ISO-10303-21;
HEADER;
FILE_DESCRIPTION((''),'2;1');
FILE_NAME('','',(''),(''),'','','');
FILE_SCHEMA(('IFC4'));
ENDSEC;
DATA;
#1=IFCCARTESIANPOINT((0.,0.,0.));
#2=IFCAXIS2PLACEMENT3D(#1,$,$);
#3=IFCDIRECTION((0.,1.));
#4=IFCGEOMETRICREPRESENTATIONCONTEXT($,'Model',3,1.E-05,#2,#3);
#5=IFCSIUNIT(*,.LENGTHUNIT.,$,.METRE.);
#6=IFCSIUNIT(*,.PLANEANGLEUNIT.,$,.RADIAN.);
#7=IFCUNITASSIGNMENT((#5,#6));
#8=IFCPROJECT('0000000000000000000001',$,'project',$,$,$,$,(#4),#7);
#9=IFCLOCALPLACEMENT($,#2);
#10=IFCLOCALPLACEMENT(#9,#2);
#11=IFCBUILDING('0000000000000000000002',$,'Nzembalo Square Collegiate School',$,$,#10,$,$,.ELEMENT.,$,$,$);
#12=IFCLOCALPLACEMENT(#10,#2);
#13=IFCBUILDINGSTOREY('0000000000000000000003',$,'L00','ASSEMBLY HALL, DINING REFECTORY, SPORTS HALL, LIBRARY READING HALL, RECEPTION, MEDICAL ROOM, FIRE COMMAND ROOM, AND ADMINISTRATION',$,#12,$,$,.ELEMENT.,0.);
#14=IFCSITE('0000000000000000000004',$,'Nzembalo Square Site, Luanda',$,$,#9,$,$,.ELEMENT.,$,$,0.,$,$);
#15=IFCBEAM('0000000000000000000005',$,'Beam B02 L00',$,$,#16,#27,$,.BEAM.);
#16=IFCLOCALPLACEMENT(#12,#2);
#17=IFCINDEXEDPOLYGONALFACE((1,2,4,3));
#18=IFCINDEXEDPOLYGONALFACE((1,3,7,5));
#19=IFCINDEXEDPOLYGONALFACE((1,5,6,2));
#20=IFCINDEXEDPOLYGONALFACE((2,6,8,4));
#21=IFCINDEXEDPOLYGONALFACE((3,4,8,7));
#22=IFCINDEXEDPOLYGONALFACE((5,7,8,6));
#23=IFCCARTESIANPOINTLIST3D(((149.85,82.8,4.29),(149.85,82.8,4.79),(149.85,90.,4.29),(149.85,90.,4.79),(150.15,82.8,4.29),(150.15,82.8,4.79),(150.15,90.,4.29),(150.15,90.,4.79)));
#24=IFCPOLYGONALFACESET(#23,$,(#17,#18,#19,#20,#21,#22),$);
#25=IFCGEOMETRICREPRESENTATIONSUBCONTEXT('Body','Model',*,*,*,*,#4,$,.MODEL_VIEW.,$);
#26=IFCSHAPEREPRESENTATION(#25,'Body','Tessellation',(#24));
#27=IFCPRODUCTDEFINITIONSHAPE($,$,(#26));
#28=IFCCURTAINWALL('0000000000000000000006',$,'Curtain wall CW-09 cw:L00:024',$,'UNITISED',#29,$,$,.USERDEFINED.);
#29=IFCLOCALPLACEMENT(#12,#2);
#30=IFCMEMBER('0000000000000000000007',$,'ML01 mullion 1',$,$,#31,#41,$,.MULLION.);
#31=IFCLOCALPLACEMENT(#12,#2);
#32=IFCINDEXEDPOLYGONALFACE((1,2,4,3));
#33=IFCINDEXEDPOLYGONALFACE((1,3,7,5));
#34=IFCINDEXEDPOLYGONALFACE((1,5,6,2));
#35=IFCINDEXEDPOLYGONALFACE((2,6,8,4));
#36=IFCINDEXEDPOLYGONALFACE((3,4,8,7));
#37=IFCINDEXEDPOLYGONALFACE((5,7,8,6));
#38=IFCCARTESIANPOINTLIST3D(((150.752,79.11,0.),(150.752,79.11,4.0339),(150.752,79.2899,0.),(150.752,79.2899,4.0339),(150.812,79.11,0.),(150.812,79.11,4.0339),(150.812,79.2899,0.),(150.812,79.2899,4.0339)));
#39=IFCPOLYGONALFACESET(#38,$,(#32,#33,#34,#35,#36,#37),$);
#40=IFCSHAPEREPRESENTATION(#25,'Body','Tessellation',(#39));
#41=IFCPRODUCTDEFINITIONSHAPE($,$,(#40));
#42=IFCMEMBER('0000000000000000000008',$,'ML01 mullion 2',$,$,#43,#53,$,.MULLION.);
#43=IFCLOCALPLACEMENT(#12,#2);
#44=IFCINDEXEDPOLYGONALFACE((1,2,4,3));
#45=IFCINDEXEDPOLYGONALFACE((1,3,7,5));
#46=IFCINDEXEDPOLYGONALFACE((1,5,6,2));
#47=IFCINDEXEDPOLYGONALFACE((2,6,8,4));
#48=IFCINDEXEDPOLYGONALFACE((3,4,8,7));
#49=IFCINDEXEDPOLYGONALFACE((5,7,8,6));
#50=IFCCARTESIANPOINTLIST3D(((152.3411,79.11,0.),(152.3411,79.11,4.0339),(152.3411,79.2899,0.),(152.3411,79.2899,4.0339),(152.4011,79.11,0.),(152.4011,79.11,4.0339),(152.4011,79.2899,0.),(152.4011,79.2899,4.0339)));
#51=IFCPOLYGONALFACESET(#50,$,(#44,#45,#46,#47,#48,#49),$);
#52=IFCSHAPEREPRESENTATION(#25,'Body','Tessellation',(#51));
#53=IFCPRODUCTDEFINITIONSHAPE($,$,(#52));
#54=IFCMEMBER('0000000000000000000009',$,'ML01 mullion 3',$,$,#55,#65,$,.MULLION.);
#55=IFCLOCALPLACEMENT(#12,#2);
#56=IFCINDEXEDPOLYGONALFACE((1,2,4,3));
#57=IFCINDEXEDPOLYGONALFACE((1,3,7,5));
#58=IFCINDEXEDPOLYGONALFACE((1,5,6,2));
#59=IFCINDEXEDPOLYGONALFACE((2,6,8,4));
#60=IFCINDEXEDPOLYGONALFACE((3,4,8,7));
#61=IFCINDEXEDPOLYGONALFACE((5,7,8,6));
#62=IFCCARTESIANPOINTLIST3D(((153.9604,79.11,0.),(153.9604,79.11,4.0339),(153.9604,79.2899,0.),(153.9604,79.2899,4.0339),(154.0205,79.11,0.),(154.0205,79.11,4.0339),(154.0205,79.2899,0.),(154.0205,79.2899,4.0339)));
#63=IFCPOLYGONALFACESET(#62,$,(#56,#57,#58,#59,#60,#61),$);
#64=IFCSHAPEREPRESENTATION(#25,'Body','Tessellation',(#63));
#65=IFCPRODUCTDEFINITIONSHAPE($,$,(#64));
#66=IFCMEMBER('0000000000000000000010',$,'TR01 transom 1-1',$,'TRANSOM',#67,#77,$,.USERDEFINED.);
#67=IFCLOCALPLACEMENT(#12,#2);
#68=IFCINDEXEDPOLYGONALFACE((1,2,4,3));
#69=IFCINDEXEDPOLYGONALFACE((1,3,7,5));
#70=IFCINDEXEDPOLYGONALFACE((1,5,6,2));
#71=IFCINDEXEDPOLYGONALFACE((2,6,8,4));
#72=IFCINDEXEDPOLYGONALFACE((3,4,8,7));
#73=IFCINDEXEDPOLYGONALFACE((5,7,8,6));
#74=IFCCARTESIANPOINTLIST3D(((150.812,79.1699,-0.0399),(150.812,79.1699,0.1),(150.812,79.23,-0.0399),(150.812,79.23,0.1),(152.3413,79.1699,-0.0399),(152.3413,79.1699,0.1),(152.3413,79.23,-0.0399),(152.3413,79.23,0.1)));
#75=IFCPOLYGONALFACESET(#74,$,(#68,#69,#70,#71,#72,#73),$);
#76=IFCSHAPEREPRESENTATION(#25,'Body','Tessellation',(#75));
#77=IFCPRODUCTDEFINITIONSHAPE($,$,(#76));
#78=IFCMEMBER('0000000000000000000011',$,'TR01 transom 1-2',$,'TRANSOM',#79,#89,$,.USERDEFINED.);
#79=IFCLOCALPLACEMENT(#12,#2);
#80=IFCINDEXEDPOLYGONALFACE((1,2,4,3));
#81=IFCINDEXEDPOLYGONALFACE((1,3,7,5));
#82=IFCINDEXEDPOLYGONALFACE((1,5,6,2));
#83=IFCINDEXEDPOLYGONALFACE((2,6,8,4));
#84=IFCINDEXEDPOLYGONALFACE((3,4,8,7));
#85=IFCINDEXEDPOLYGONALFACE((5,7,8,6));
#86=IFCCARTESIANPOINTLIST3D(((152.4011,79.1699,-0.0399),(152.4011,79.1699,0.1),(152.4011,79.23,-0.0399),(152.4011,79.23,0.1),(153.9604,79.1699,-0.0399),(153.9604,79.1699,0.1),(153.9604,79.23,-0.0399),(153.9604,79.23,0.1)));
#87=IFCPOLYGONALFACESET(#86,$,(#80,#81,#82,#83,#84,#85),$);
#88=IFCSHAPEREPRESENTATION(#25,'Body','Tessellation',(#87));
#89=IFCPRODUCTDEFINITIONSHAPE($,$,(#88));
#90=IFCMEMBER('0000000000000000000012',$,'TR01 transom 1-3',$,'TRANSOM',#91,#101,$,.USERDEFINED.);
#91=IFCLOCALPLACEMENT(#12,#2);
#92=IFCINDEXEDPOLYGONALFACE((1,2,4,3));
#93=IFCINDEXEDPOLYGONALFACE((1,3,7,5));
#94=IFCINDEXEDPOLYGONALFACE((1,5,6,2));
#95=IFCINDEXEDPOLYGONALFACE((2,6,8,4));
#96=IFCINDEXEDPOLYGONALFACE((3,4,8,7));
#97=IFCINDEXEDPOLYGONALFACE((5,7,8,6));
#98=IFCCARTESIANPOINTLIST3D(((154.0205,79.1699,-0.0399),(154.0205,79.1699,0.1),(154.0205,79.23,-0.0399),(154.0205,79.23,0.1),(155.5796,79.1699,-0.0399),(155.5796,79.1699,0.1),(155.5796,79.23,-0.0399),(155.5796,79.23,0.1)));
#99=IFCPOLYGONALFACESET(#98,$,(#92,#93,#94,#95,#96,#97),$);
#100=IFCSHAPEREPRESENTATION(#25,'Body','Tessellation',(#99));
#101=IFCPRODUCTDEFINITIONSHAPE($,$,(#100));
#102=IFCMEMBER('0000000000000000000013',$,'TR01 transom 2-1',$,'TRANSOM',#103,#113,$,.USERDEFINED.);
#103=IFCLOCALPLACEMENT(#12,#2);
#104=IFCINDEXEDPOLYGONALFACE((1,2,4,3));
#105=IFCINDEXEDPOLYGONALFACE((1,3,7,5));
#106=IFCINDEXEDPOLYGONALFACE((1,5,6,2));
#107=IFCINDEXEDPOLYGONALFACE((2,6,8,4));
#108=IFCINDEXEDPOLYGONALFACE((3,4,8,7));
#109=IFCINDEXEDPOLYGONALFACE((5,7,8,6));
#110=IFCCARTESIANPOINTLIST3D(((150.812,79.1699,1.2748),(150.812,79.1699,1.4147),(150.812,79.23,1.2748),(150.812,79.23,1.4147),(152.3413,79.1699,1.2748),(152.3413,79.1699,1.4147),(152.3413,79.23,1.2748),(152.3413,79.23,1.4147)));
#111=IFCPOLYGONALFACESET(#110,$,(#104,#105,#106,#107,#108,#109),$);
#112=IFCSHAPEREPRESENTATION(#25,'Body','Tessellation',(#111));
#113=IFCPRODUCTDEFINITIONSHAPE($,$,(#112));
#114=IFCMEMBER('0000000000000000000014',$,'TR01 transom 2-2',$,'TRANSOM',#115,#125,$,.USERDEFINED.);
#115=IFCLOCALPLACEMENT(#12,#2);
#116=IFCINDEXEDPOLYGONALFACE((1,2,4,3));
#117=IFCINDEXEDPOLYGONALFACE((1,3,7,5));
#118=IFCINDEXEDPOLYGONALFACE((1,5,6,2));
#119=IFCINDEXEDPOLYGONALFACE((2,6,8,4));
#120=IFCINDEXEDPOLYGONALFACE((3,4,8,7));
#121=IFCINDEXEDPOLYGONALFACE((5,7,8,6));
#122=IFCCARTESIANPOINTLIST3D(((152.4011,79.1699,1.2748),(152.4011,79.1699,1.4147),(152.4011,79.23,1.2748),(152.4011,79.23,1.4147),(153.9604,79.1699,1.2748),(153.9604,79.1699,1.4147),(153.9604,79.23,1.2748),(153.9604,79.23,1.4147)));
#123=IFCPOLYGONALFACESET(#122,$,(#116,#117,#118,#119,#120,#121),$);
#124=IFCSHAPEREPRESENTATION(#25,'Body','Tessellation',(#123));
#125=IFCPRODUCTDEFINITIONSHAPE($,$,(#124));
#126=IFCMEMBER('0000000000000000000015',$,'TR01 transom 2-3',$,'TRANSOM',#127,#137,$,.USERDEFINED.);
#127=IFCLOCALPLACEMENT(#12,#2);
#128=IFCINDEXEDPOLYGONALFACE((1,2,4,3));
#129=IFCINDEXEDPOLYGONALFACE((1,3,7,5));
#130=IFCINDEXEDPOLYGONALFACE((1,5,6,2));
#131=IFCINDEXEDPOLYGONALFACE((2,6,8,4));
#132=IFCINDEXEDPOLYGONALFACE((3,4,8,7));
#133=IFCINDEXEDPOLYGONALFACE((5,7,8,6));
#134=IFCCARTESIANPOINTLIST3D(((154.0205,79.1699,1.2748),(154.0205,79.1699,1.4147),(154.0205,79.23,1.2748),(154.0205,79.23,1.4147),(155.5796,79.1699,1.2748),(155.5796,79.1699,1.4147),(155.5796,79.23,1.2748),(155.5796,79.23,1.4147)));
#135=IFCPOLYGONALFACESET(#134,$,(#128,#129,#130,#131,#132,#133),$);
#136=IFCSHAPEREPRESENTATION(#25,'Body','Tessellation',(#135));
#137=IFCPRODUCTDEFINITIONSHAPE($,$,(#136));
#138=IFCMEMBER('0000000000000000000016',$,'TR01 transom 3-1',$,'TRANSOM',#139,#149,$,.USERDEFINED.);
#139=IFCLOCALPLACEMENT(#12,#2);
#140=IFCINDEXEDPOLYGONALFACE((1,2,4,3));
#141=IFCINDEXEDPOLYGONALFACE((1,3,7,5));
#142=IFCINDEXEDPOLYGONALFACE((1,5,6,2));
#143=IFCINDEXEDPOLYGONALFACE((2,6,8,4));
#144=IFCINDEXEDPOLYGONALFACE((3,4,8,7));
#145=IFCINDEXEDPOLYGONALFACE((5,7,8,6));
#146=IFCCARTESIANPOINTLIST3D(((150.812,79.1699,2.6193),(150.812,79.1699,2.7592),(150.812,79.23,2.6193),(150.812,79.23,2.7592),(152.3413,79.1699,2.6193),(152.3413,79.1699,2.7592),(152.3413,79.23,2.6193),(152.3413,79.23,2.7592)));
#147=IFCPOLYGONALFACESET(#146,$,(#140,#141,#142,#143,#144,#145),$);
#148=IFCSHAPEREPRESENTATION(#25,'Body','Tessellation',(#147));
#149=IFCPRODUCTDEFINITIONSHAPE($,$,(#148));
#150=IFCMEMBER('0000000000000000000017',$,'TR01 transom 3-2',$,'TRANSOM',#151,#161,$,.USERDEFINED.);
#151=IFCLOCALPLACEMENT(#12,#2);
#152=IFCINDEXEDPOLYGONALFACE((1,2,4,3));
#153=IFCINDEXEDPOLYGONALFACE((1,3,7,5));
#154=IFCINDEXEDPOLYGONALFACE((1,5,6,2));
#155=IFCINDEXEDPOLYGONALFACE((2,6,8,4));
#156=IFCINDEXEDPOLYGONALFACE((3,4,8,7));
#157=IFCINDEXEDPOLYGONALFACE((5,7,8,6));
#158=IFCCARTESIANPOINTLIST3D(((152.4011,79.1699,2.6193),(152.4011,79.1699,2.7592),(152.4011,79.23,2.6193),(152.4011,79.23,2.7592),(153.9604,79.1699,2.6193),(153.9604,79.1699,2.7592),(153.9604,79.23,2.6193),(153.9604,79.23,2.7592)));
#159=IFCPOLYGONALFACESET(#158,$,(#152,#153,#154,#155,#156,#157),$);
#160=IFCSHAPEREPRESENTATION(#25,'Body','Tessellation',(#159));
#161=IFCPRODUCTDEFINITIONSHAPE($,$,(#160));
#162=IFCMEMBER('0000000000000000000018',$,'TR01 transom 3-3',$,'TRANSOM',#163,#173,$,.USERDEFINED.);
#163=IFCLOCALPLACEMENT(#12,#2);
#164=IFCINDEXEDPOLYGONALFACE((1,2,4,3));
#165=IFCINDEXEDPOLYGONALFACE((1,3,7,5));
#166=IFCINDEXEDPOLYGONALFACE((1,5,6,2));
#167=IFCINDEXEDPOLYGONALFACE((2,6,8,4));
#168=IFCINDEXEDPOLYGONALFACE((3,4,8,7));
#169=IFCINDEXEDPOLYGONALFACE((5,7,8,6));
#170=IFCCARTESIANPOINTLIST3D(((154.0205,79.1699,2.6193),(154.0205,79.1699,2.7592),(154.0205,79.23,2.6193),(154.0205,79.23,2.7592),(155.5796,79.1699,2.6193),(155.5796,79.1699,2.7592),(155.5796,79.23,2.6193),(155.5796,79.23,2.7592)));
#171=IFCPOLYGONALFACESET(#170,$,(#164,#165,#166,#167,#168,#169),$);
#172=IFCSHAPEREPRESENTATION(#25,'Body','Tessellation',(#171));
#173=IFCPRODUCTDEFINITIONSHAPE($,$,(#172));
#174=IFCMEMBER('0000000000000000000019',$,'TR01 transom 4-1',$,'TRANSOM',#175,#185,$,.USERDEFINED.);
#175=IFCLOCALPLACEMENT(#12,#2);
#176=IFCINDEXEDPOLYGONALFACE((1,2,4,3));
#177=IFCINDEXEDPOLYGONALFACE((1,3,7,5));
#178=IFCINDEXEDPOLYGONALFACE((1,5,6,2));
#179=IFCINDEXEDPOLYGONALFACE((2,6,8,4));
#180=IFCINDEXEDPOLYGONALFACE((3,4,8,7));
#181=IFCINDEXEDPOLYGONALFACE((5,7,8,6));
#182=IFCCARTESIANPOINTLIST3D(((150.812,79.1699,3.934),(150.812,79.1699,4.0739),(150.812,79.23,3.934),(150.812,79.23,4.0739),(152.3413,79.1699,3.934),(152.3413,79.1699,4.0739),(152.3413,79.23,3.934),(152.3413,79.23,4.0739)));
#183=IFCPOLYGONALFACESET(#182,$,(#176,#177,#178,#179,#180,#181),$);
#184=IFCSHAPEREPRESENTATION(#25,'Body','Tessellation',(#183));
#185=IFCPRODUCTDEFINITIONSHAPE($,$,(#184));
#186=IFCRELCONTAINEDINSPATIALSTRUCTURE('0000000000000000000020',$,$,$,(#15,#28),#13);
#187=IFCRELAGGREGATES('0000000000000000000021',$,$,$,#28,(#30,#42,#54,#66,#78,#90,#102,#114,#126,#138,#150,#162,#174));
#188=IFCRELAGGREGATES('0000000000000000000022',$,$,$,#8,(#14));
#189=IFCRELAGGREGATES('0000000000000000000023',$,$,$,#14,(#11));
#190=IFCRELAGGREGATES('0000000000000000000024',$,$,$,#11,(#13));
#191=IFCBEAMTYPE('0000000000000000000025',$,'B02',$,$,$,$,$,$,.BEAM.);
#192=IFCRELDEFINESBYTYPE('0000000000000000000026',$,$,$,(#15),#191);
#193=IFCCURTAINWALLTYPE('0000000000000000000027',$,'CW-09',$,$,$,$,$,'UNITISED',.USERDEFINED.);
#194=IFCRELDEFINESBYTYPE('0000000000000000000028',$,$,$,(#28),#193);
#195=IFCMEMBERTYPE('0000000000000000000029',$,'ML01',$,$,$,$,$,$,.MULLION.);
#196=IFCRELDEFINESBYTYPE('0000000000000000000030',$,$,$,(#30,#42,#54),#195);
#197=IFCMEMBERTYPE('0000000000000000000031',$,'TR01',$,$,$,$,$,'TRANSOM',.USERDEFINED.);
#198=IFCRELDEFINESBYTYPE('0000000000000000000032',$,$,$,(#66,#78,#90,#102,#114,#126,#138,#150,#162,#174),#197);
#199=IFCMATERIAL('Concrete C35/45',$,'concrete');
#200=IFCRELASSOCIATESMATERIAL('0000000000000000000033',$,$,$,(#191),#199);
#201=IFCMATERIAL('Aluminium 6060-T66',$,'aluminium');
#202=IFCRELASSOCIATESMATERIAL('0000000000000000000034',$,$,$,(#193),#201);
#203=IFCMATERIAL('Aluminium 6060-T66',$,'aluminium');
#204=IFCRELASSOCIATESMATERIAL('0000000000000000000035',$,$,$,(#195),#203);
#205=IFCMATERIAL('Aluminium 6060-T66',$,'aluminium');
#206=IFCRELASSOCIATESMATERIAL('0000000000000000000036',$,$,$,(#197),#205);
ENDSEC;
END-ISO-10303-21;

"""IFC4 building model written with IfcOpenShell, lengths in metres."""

from ifc_helpers import new_model, si_unit, direction, frame, origin, origin_2d, place, context, subcontext, project, spatial, rectangle, extrude, material, material_profile, profile_set, type_object, element, aggregate, save


model = new_model("IFC4")

# Units and contexts
model_context = context("Model", 3, precision=1e-05, world=origin(), true_north=direction((0.0, 1.0)))
body_context = subcontext(model_context, "Body", "Model", "MODEL_VIEW")
ifc_project = project(units=[si_unit("LENGTHUNIT", "METRE"), si_unit("PLANEANGLEUNIT", "RADIAN")], contexts=[model_context])

# Site, building, storey
site_placement = place(None, origin())
site = spatial("IfcSite", under=ifc_project, at=site_placement, Name="Nzembalo Square Site, Luanda", CompositionType="ELEMENT", RefElevation=0.0)
building_placement = place(site_placement, origin())
building = spatial("IfcBuilding", under=site, at=building_placement, Name="Nzembalo Square Collegiate School", CompositionType="ELEMENT")
storey_placement = place(building_placement, origin())
storey = spatial("IfcBuildingStorey", under=building, at=storey_placement, Name="L00", Description="ASSEMBLY HALL, DINING REFECTORY, SPORTS HALL, LIBRARY READING HALL, RECEPTION, MEDICAL ROOM, FIRE COMMAND ROOM, AND ADMINISTRATION", CompositionType="ELEMENT", Elevation=0.0)

# Beam
ifc_material_1 = material(Name="Concrete C35/45", Category="concrete")
ifc_material_profile_1 = material_profile(ifc_material_1, rectangle(XDim=0.3, YDim=0.5, at=origin_2d()), Name="RC 300x500")
ifc_profile_set_1 = profile_set([ifc_material_profile_1], Name="Concrete C35/45")
beam_type = type_object("IfcBeamType", Name="B02", PredefinedType="BEAM", material=ifc_profile_set_1)
beam_placement = place(storey_placement, frame((150.0, 82.8, 4.54), z_axis=(0.0, 1.0, 0.0), x_axis=(-1.0, 0.0, 0.0)))
element("IfcBeam", 1, at=beam_placement, inside=storey, type_object=beam_type, Name="Beam B02 L00", PredefinedType="BEAM", context=body_context, shape_type="SweptSolid", body=[
    extrude(rectangle(XDim=0.3, YDim=0.5, at=origin_2d()), origin(), (0.0, 0.0, 1.0), 7.2),
])

# Curtain wall, members
ifc_material_2 = material(Name="Aluminium 6060-T66", Category="aluminium")
curtain_wall_type = type_object("IfcCurtainWallType", Name="CW-09", ElementType="UNITISED", PredefinedType="USERDEFINED", material=ifc_material_2)
curtain_wall_placement = place(storey_placement, origin())
curtain_wall = element("IfcCurtainWall", 2, at=curtain_wall_placement, inside=storey, type_object=curtain_wall_type, Name="Curtain wall CW-09 cw:L00:024", ObjectType="UNITISED", PredefinedType="USERDEFINED")
ifc_material_3 = material(Name="Aluminium 6060-T66", Category="aluminium")
ifc_material_profile_2 = material_profile(ifc_material_3, rectangle(XDim=0.0601, YDim=0.1799, at=origin_2d()), Name="ALU M60x180")
ifc_profile_set_2 = profile_set([ifc_material_profile_2], Name="Aluminium 6060-T66")
member_type_1 = type_object("IfcMemberType", Name="ML01", PredefinedType="MULLION", material=ifc_profile_set_2)
member_1_placement = place(storey_placement, frame((150.782, 79.2, 0.0), z_axis=(0.0, 0.0, 1.0), x_axis=(1.0, 0.0, 0.0)))
member_1 = element("IfcMember", 3, at=member_1_placement, type_object=member_type_1, Name="ML01 mullion 1", PredefinedType="MULLION", context=body_context, shape_type="SweptSolid", body=[
    extrude(rectangle(XDim=0.0601, YDim=0.1799, at=origin_2d()), origin(), (0.0, 0.0, 1.0), 4.0339),
])
member_2_placement = place(storey_placement, frame((152.3711, 79.2, 0.0), z_axis=(0.0, 0.0, 1.0), x_axis=(1.0, 0.0, 0.0)))
member_2 = element("IfcMember", 4, at=member_2_placement, type_object=member_type_1, Name="ML01 mullion 2", PredefinedType="MULLION", context=body_context, shape_type="SweptSolid", body=[
    extrude(rectangle(XDim=0.0601, YDim=0.1799, at=origin_2d()), origin(), (0.0, 0.0, 1.0), 4.0339),
])
member_3_placement = place(storey_placement, frame((153.9905, 79.2, 0.0), z_axis=(0.0, 0.0, 1.0), x_axis=(1.0, 0.0, 0.0)))
member_3 = element("IfcMember", 5, at=member_3_placement, type_object=member_type_1, Name="ML01 mullion 3", PredefinedType="MULLION", context=body_context, shape_type="SweptSolid", body=[
    extrude(rectangle(XDim=0.0601, YDim=0.1799, at=origin_2d()), origin(), (0.0, 0.0, 1.0), 4.0339),
])
ifc_material_4 = material(Name="Aluminium 6060-T66", Category="aluminium")
ifc_material_profile_3 = material_profile(ifc_material_4, rectangle(XDim=0.0601, YDim=0.1399, at=origin_2d()), Name="ALU T60x140")
ifc_profile_set_3 = profile_set([ifc_material_profile_3], Name="Aluminium 6060-T66")
member_type_2 = type_object("IfcMemberType", Name="TR01", ElementType="TRANSOM", PredefinedType="USERDEFINED", material=ifc_profile_set_3)
member_4_placement = place(storey_placement, frame((150.812, 79.2, 0.03), z_axis=(1.0, 0.0, 0.0), x_axis=(0.0, 1.0, 0.0)))
member_4 = element("IfcMember", 6, at=member_4_placement, type_object=member_type_2, Name="TR01 transom 1-1", ObjectType="TRANSOM", PredefinedType="USERDEFINED", context=body_context, shape_type="SweptSolid", body=[
    extrude(rectangle(XDim=0.0601, YDim=0.1399, at=origin_2d()), origin(), (0.0, 0.0, 1.0), 1.5293),
])
member_5_placement = place(storey_placement, frame((152.4011, 79.2, 0.03), z_axis=(1.0, 0.0, 0.0), x_axis=(0.0, 1.0, 0.0)))
member_5 = element("IfcMember", 7, at=member_5_placement, type_object=member_type_2, Name="TR01 transom 1-2", ObjectType="TRANSOM", PredefinedType="USERDEFINED", context=body_context, shape_type="SweptSolid", body=[
    extrude(rectangle(XDim=0.0601, YDim=0.1399, at=origin_2d()), origin(), (0.0, 0.0, 1.0), 1.5593),
])
member_6_placement = place(storey_placement, frame((154.0205, 79.2, 0.03), z_axis=(1.0, 0.0, 0.0), x_axis=(0.0, 1.0, 0.0)))
member_6 = element("IfcMember", 8, at=member_6_placement, type_object=member_type_2, Name="TR01 transom 1-3", ObjectType="TRANSOM", PredefinedType="USERDEFINED", context=body_context, shape_type="SweptSolid", body=[
    extrude(rectangle(XDim=0.0601, YDim=0.1399, at=origin_2d()), origin(), (0.0, 0.0, 1.0), 1.5591),
])
member_7_placement = place(storey_placement, frame((150.812, 79.2, 1.3447), z_axis=(1.0, 0.0, 0.0), x_axis=(0.0, 1.0, 0.0)))
member_7 = element("IfcMember", 9, at=member_7_placement, type_object=member_type_2, Name="TR01 transom 2-1", ObjectType="TRANSOM", PredefinedType="USERDEFINED", context=body_context, shape_type="SweptSolid", body=[
    extrude(rectangle(XDim=0.0601, YDim=0.1399, at=origin_2d()), origin(), (0.0, 0.0, 1.0), 1.5293),
])
member_8_placement = place(storey_placement, frame((152.4011, 79.2, 1.3447), z_axis=(1.0, 0.0, 0.0), x_axis=(0.0, 1.0, 0.0)))
member_8 = element("IfcMember", 10, at=member_8_placement, type_object=member_type_2, Name="TR01 transom 2-2", ObjectType="TRANSOM", PredefinedType="USERDEFINED", context=body_context, shape_type="SweptSolid", body=[
    extrude(rectangle(XDim=0.0601, YDim=0.1399, at=origin_2d()), origin(), (0.0, 0.0, 1.0), 1.5593),
])
member_9_placement = place(storey_placement, frame((154.0205, 79.2, 1.3447), z_axis=(1.0, 0.0, 0.0), x_axis=(0.0, 1.0, 0.0)))
member_9 = element("IfcMember", 11, at=member_9_placement, type_object=member_type_2, Name="TR01 transom 2-3", ObjectType="TRANSOM", PredefinedType="USERDEFINED", context=body_context, shape_type="SweptSolid", body=[
    extrude(rectangle(XDim=0.0601, YDim=0.1399, at=origin_2d()), origin(), (0.0, 0.0, 1.0), 1.5591),
])
member_10_placement = place(storey_placement, frame((150.812, 79.2, 2.6892), z_axis=(1.0, 0.0, 0.0), x_axis=(0.0, 1.0, 0.0)))
member_10 = element("IfcMember", 12, at=member_10_placement, type_object=member_type_2, Name="TR01 transom 3-1", ObjectType="TRANSOM", PredefinedType="USERDEFINED", context=body_context, shape_type="SweptSolid", body=[
    extrude(rectangle(XDim=0.0601, YDim=0.1399, at=origin_2d()), origin(), (0.0, 0.0, 1.0), 1.5293),
])
member_11_placement = place(storey_placement, frame((152.4011, 79.2, 2.6892), z_axis=(1.0, 0.0, 0.0), x_axis=(0.0, 1.0, 0.0)))
member_11 = element("IfcMember", 13, at=member_11_placement, type_object=member_type_2, Name="TR01 transom 3-2", ObjectType="TRANSOM", PredefinedType="USERDEFINED", context=body_context, shape_type="SweptSolid", body=[
    extrude(rectangle(XDim=0.0601, YDim=0.1399, at=origin_2d()), origin(), (0.0, 0.0, 1.0), 1.5593),
])
member_12_placement = place(storey_placement, frame((154.0205, 79.2, 2.6892), z_axis=(1.0, 0.0, 0.0), x_axis=(0.0, 1.0, 0.0)))
member_12 = element("IfcMember", 14, at=member_12_placement, type_object=member_type_2, Name="TR01 transom 3-3", ObjectType="TRANSOM", PredefinedType="USERDEFINED", context=body_context, shape_type="SweptSolid", body=[
    extrude(rectangle(XDim=0.0601, YDim=0.1399, at=origin_2d()), origin(), (0.0, 0.0, 1.0), 1.5591),
])
member_13_placement = place(storey_placement, frame((150.812, 79.2, 4.0039), z_axis=(1.0, 0.0, 0.0), x_axis=(0.0, 1.0, 0.0)))
member_13 = element("IfcMember", 15, at=member_13_placement, type_object=member_type_2, Name="TR01 transom 4-1", ObjectType="TRANSOM", PredefinedType="USERDEFINED", context=body_context, shape_type="SweptSolid", body=[
    extrude(rectangle(XDim=0.0601, YDim=0.1399, at=origin_2d()), origin(), (0.0, 0.0, 1.0), 1.5293),
])
aggregate(curtain_wall, [member_1, member_2, member_3, member_4, member_5, member_6, member_7, member_8, member_9, member_10, member_11, member_12, member_13])

save(model, "model.ifc")
